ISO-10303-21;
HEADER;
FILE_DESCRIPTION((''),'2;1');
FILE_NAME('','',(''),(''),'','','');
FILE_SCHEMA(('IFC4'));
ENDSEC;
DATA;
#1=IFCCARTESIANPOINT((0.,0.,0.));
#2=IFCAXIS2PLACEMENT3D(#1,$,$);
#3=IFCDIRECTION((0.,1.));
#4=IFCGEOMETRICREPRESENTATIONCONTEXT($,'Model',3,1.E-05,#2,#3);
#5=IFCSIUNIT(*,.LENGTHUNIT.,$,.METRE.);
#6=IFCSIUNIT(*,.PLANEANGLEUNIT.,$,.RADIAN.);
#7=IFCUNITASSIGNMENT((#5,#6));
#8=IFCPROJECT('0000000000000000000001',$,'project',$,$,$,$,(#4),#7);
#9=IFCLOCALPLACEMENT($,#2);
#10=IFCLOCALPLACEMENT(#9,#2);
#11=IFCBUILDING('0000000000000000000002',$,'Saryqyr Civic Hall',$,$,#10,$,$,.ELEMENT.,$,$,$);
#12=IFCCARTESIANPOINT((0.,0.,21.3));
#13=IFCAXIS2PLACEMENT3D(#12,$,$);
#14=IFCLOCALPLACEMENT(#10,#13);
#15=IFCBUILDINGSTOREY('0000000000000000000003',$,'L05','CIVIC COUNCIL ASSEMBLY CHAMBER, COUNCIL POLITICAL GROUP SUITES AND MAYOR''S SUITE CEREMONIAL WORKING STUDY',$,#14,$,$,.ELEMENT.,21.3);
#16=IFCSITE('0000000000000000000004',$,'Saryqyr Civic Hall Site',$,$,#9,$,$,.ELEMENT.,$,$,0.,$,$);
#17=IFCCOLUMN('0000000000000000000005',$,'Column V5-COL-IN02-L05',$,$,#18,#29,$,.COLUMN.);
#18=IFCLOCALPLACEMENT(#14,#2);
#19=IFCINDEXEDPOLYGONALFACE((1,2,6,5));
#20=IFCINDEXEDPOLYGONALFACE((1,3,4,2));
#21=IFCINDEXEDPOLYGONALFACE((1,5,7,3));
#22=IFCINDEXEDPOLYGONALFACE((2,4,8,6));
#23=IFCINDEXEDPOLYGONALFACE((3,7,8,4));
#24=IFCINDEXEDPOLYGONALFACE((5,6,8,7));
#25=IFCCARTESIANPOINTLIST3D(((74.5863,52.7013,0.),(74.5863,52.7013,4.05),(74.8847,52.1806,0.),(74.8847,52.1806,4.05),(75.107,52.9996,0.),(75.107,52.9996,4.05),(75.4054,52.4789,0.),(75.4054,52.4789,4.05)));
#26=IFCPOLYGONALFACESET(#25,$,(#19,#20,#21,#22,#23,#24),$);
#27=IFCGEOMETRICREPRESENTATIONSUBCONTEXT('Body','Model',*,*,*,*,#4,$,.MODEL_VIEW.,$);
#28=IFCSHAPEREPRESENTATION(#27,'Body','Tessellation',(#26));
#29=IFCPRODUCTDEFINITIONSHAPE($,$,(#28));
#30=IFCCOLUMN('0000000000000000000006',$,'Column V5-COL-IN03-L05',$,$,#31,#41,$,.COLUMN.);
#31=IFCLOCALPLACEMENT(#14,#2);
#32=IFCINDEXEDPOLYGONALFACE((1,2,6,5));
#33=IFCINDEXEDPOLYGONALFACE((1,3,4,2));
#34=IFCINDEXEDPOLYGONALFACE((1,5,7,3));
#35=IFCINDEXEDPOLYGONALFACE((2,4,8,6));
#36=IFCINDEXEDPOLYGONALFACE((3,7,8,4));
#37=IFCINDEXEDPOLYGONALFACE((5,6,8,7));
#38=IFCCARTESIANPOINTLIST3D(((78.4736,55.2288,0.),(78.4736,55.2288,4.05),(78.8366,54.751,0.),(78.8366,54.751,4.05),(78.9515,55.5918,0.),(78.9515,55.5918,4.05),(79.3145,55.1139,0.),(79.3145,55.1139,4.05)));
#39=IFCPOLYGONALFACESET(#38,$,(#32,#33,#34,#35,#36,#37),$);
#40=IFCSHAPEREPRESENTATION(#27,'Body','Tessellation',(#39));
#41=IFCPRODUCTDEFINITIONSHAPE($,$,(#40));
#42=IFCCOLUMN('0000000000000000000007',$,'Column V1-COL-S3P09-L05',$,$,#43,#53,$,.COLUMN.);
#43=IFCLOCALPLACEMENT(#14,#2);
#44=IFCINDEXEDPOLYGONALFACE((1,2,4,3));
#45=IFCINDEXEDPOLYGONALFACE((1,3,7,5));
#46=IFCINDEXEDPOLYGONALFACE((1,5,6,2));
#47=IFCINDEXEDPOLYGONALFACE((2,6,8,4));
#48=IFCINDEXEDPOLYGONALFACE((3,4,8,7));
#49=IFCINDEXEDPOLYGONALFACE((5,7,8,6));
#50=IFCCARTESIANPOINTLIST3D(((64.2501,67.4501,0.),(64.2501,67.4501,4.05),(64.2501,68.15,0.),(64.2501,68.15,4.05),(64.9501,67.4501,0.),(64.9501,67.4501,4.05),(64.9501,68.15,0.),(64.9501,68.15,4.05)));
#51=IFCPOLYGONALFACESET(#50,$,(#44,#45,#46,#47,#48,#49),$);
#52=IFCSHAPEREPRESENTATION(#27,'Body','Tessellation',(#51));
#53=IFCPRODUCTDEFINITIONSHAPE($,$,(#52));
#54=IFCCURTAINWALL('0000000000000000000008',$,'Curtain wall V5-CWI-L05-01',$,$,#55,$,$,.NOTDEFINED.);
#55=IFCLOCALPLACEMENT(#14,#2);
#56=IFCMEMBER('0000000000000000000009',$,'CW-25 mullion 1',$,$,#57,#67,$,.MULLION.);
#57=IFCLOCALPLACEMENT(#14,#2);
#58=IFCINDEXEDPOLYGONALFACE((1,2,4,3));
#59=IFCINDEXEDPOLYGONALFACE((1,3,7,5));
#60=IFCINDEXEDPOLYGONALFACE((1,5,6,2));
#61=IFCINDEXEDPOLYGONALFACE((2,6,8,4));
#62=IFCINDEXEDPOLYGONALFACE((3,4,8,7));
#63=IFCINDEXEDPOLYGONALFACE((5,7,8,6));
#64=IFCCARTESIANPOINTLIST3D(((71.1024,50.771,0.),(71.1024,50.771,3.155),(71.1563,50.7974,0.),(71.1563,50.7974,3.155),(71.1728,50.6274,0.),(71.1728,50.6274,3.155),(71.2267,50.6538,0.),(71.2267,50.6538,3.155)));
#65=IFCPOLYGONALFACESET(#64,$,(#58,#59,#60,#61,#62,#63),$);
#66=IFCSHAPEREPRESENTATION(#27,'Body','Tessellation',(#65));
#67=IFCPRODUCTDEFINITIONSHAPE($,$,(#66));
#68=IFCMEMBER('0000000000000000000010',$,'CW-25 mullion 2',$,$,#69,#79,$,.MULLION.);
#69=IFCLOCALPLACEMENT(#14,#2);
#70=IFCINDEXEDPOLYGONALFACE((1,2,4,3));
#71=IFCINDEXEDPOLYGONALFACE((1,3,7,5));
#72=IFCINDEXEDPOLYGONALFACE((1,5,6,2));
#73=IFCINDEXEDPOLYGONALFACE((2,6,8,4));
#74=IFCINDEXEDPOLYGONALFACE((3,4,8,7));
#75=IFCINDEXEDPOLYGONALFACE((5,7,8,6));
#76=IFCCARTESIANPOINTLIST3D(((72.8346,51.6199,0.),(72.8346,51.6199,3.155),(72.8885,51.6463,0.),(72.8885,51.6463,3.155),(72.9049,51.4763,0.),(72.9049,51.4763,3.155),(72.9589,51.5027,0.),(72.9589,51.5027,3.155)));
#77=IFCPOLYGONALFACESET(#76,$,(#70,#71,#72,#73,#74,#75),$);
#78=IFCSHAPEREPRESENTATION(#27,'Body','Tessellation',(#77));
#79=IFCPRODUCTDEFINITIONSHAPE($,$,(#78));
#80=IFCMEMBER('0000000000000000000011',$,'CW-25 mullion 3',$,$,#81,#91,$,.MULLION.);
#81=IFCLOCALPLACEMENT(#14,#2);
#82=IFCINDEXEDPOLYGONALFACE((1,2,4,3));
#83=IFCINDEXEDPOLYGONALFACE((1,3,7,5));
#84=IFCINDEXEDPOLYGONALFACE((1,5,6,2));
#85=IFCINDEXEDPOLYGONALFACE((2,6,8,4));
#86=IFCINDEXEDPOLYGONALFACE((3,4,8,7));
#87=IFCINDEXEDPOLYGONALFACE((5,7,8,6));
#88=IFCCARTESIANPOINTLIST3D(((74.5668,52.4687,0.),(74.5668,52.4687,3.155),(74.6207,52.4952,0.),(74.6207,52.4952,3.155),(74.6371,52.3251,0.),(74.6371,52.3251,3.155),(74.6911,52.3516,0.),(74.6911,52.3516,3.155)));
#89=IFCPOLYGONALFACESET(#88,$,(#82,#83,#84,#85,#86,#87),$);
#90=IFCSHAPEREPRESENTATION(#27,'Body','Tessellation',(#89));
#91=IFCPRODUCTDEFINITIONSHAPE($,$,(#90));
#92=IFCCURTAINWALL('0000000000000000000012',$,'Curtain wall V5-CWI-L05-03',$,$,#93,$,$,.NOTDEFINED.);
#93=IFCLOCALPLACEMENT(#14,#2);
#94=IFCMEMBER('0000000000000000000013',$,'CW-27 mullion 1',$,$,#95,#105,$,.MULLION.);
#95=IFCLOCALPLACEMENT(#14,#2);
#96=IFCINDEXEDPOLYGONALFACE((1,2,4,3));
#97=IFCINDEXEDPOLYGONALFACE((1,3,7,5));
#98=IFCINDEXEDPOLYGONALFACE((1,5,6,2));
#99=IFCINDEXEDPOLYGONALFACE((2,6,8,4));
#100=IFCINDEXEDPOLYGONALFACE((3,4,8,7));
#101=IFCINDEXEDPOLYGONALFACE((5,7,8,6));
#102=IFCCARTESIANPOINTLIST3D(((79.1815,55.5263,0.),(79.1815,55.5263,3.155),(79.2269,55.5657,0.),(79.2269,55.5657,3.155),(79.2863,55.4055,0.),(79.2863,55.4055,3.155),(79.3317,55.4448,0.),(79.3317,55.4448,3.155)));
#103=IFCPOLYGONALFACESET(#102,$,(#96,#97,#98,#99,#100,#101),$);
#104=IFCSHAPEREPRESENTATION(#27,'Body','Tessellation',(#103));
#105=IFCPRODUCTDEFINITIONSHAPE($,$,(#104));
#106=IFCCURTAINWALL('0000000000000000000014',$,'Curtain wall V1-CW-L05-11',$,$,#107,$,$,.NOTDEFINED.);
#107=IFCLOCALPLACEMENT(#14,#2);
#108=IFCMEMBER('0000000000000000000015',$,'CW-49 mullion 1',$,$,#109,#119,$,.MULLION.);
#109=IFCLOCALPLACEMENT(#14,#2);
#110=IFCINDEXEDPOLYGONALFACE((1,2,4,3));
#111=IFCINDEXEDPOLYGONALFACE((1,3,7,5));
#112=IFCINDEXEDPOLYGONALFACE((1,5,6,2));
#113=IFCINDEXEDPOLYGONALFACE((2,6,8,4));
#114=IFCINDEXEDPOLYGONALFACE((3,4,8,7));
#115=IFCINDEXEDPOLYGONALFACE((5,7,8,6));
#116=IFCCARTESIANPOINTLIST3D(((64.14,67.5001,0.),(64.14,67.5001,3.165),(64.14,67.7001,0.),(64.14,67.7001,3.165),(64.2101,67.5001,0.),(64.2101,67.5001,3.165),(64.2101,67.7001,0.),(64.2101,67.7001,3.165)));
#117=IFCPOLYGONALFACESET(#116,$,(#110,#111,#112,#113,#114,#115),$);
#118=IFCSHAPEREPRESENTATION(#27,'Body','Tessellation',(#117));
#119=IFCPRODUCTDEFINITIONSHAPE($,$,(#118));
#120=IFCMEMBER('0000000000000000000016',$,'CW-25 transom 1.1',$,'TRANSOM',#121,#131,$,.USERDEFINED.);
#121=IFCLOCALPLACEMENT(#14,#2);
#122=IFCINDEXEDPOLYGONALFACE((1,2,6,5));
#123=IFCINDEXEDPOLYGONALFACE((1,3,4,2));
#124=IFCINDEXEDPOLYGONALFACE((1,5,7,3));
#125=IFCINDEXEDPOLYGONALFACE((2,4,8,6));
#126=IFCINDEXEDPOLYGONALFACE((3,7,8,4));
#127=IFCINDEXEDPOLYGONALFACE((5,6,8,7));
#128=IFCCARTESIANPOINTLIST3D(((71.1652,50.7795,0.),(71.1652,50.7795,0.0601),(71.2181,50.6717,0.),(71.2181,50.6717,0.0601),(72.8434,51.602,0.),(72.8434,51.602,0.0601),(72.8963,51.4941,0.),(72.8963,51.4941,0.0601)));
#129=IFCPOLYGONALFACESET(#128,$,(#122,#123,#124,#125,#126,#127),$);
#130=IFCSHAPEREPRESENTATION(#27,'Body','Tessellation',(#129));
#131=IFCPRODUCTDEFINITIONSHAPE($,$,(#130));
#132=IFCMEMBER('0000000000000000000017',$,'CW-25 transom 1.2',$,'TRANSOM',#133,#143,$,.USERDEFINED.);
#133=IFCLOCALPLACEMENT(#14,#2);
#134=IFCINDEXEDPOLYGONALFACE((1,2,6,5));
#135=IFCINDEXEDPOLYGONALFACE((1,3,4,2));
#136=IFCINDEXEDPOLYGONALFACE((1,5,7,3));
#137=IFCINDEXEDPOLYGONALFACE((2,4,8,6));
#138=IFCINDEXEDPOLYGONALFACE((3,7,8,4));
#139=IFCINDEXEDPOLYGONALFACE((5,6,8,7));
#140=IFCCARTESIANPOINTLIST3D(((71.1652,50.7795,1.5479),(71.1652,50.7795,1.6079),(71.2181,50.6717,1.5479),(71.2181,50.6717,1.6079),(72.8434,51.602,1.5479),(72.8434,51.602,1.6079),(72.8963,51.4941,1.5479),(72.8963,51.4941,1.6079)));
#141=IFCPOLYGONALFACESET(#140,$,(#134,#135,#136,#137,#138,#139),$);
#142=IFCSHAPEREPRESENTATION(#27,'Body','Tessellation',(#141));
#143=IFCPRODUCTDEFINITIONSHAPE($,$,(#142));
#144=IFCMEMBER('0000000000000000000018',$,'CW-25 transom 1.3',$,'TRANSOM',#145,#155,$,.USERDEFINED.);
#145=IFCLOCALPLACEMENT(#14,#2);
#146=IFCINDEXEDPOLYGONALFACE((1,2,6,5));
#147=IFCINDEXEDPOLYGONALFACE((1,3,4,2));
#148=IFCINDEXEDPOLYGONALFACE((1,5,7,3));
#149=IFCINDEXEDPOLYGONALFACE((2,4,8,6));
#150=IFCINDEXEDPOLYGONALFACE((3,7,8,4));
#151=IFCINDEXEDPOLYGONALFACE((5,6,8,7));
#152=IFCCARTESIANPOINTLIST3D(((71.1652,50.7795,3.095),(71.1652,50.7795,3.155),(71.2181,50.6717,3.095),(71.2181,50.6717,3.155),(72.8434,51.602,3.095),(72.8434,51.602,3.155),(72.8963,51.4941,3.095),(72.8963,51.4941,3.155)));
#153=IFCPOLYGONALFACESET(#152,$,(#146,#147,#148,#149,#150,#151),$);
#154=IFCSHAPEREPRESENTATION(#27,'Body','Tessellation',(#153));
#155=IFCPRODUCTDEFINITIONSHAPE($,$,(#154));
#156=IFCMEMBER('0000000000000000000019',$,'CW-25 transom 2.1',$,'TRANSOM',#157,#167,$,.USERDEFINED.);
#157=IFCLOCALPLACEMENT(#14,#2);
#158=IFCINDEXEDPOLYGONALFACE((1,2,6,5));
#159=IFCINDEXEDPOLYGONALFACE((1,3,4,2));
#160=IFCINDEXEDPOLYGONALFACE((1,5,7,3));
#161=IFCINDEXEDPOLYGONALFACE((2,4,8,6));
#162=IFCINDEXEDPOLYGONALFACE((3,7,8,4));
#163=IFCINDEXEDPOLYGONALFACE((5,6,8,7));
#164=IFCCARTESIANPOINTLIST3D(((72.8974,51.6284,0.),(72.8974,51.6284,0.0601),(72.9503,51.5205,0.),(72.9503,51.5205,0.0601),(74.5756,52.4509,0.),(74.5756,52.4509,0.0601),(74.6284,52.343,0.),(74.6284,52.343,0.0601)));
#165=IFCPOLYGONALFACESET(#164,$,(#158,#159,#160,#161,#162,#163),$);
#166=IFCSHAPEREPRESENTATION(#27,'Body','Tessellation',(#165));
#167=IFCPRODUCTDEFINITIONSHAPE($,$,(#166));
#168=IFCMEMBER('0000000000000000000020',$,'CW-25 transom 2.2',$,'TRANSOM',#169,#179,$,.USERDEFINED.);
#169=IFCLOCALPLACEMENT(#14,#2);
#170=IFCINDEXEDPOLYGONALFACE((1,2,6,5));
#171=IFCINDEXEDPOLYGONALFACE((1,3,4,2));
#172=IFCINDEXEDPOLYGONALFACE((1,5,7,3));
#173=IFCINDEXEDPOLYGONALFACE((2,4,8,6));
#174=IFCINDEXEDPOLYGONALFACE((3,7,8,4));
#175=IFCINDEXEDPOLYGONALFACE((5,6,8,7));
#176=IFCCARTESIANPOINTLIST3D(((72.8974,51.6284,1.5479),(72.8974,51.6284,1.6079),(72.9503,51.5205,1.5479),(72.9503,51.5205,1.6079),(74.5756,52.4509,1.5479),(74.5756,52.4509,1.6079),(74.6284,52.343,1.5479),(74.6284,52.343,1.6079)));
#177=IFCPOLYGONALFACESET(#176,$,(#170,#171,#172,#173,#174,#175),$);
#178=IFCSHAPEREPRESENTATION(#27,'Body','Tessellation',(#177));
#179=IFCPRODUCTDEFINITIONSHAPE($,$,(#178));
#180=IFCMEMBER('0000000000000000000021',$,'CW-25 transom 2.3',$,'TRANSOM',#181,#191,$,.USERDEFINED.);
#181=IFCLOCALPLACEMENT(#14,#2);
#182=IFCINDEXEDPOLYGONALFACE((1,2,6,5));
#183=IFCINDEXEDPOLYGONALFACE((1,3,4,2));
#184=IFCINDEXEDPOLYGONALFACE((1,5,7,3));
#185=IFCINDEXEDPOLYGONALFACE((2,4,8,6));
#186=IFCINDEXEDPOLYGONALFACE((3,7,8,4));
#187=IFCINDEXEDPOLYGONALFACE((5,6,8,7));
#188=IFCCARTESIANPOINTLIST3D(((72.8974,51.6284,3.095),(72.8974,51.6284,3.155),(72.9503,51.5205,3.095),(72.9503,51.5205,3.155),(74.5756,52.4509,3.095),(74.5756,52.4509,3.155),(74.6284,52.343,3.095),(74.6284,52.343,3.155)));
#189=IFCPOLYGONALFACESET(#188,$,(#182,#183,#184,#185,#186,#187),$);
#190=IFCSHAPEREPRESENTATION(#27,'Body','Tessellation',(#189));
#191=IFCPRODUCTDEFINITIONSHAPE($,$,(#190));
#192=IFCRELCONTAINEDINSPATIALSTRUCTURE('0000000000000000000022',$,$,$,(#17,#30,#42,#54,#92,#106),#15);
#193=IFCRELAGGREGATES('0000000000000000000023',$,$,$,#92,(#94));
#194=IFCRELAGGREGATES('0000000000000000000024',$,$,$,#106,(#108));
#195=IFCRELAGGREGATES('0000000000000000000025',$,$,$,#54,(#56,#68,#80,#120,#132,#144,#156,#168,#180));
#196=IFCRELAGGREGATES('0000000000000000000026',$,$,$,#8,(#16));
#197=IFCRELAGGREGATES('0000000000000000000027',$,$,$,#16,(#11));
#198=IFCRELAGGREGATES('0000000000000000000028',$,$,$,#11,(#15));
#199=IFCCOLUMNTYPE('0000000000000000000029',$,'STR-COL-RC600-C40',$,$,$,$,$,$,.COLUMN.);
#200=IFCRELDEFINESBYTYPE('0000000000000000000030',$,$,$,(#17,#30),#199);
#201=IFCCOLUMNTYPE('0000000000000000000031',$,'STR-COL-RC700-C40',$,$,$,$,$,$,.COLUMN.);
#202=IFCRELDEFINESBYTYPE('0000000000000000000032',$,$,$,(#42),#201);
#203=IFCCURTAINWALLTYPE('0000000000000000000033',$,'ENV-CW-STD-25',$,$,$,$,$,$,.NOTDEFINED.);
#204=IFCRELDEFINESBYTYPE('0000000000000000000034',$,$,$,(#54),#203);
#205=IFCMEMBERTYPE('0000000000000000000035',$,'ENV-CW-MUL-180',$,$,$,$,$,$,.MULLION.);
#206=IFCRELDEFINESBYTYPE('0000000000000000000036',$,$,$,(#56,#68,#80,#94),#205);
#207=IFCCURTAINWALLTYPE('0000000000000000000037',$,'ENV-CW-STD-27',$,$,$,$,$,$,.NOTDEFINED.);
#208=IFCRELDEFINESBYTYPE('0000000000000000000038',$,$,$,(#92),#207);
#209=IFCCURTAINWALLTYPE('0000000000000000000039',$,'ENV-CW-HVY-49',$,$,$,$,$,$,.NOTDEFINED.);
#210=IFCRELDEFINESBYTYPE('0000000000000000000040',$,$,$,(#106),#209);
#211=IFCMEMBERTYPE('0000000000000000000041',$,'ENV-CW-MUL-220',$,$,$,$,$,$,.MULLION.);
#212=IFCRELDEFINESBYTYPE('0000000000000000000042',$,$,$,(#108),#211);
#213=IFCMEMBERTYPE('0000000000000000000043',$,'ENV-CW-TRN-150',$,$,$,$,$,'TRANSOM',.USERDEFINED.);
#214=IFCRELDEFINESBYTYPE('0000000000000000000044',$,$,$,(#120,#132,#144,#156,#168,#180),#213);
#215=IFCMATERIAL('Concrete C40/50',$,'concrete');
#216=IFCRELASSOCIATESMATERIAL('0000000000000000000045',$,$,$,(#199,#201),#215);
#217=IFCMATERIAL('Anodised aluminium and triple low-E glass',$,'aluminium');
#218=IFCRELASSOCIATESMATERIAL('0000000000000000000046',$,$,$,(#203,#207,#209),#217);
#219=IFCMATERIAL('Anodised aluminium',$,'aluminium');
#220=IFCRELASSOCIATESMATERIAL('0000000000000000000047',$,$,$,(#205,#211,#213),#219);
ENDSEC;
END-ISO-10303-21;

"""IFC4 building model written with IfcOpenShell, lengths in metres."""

from ifc_helpers import new_model, si_unit, direction, frame, origin, origin_2d, place, context, subcontext, project, spatial, rectangle, extrude, material, material_profile, profile_set, type_object, element, aggregate, save


model = new_model("IFC4")

# Units and contexts
model_context = context("Model", 3, precision=1e-05, world=origin(), true_north=direction((0.0, 1.0)))
body_context = subcontext(model_context, "Body", "Model", "MODEL_VIEW")
ifc_project = project(units=[si_unit("LENGTHUNIT", "METRE"), si_unit("PLANEANGLEUNIT", "RADIAN")], contexts=[model_context])

# Site, building, storey
site_placement = place(None, origin())
site = spatial("IfcSite", under=ifc_project, at=site_placement, Name="Saryqyr Civic Hall Site", CompositionType="ELEMENT", RefElevation=0.0)
building_placement = place(site_placement, origin())
building = spatial("IfcBuilding", under=site, at=building_placement, Name="Saryqyr Civic Hall", CompositionType="ELEMENT")
storey_placement = place(building_placement, frame((0.0, 0.0, 21.3)))
storey = spatial("IfcBuildingStorey", under=building, at=storey_placement, Name="L05", Description="CIVIC COUNCIL ASSEMBLY CHAMBER, COUNCIL POLITICAL GROUP SUITES AND MAYOR'S SUITE CEREMONIAL WORKING STUDY", CompositionType="ELEMENT", Elevation=21.3)

# Columns
ifc_material_1 = material(Name="Concrete C40/50", Category="concrete")
ifc_material_profile_1 = material_profile(ifc_material_1, rectangle(XDim=0.6001, YDim=0.6001, at=origin_2d()), Name="RC 600x600")
ifc_profile_set_1 = profile_set([ifc_material_profile_1], Name="Concrete C40/50")
column_type_1 = type_object("IfcColumnType", Name="STR-COL-RC600-C40", PredefinedType="COLUMN", material=ifc_profile_set_1)
for number, where, z_axis, x_axis, name in (
    (1, (74.9958, 52.5901, 0.0), (0.0, 0.0, 1.0), (0.497125, -0.867679, 0.0), "Column V5-COL-IN02-L05"),
    (2, (78.894, 55.1714, 0.0), (0.0, 0.0, 1.0), (0.604877, -0.796319, 0.0), "Column V5-COL-IN03-L05"),
):
    element("IfcColumn", number, at=place(storey_placement, frame(where, z_axis=z_axis, x_axis=x_axis)), inside=storey, type_object=column_type_1, Name=name, PredefinedType="COLUMN", context=body_context, shape_type="SweptSolid", body=[
        extrude(rectangle(XDim=0.6001, YDim=0.6001, at=origin_2d()), origin(), (0.0, 0.0, 1.0), 4.05),
    ])
ifc_material_profile_2 = material_profile(ifc_material_1, rectangle(XDim=0.7, YDim=0.7, at=origin_2d()), Name="RC 700x700")
ifc_profile_set_2 = profile_set([ifc_material_profile_2], Name="Concrete C40/50")
column_type_2 = type_object("IfcColumnType", Name="STR-COL-RC700-C40", PredefinedType="COLUMN", material=ifc_profile_set_2)
column_placement = place(storey_placement, frame((64.6001, 67.8, 0.0), z_axis=(0.0, 0.0, 1.0), x_axis=(1.0, 0.0, 0.0)))
element("IfcColumn", 3, at=column_placement, inside=storey, type_object=column_type_2, Name="Column V1-COL-S3P09-L05", PredefinedType="COLUMN", context=body_context, shape_type="SweptSolid", body=[
    extrude(rectangle(XDim=0.7, YDim=0.7, at=origin_2d()), origin(), (0.0, 0.0, 1.0), 4.05),
])

# Curtain wall, members
ifc_material_2 = material(Name="Anodised aluminium and triple low-E glass", Category="aluminium")
curtain_wall_type_1 = type_object("IfcCurtainWallType", Name="ENV-CW-STD-25", PredefinedType="NOTDEFINED", material=ifc_material_2)
curtain_wall_1_placement = place(storey_placement, origin())
curtain_wall_1 = element("IfcCurtainWall", 4, at=curtain_wall_1_placement, inside=storey, type_object=curtain_wall_type_1, Name="Curtain wall V5-CWI-L05-01", PredefinedType="NOTDEFINED")
ifc_material_3 = material(Name="Anodised aluminium", Category="aluminium")
ifc_material_profile_3 = material_profile(ifc_material_3, rectangle(XDim=0.0601, YDim=0.1599, at=origin_2d()), Name="ALU MULLION 60x160")
ifc_profile_set_3 = profile_set([ifc_material_profile_3], Name="Anodised aluminium")
member_type_1 = type_object("IfcMemberType", Name="ENV-CW-MUL-180", PredefinedType="MULLION", material=ifc_profile_set_3)
member_1_placement = place(storey_placement, frame((71.1646, 50.7124, 0.0), z_axis=(0.0, 0.0, 1.0), x_axis=(0.897962, 0.440073, 0.0)))
member_1 = element("IfcMember", 5, at=member_1_placement, type_object=member_type_1, Name="CW-25 mullion 1", PredefinedType="MULLION", context=body_context, shape_type="SweptSolid", body=[
    extrude(rectangle(XDim=0.0601, YDim=0.1599, at=origin_2d()), origin(), (0.0, 0.0, 1.0), 3.155),
])
member_2_placement = place(storey_placement, frame((72.8967, 51.5613, 0.0), z_axis=(0.0, 0.0, 1.0), x_axis=(0.897962, 0.440073, 0.0)))
member_2 = element("IfcMember", 6, at=member_2_placement, type_object=member_type_1, Name="CW-25 mullion 2", PredefinedType="MULLION", context=body_context, shape_type="SweptSolid", body=[
    extrude(rectangle(XDim=0.0601, YDim=0.1599, at=origin_2d()), origin(), (0.0, 0.0, 1.0), 3.155),
])
member_3_placement = place(storey_placement, frame((74.6289, 52.4102, 0.0), z_axis=(0.0, 0.0, 1.0), x_axis=(0.897962, 0.440073, 0.0)))
member_3 = element("IfcMember", 7, at=member_3_placement, type_object=member_type_1, Name="CW-25 mullion 3", PredefinedType="MULLION", context=body_context, shape_type="SweptSolid", body=[
    extrude(rectangle(XDim=0.0601, YDim=0.1599, at=origin_2d()), origin(), (0.0, 0.0, 1.0), 3.155),
])

# Curtain walls, members
curtain_wall_type_2 = type_object("IfcCurtainWallType", Name="ENV-CW-STD-27", PredefinedType="NOTDEFINED", material=ifc_material_2)
curtain_wall_2_placement = place(storey_placement, origin())
curtain_wall_2 = element("IfcCurtainWall", 8, at=curtain_wall_2_placement, inside=storey, type_object=curtain_wall_type_2, Name="Curtain wall V5-CWI-L05-03", PredefinedType="NOTDEFINED")
member_4_placement = place(storey_placement, frame((79.2566, 55.4856, 0.0), z_axis=(0.0, 0.0, 1.0), x_axis=(0.755652, 0.654974, 0.0)))
member_4 = element("IfcMember", 9, at=member_4_placement, type_object=member_type_1, Name="CW-27 mullion 1", PredefinedType="MULLION", context=body_context, shape_type="SweptSolid", body=[
    extrude(rectangle(XDim=0.0601, YDim=0.1599, at=origin_2d()), origin(), (0.0, 0.0, 1.0), 3.155),
])
curtain_wall_type_3 = type_object("IfcCurtainWallType", Name="ENV-CW-HVY-49", PredefinedType="NOTDEFINED", material=ifc_material_2)
curtain_wall_3_placement = place(storey_placement, origin())
curtain_wall_3 = element("IfcCurtainWall", 10, at=curtain_wall_3_placement, inside=storey, type_object=curtain_wall_type_3, Name="Curtain wall V1-CW-L05-11", PredefinedType="NOTDEFINED")
ifc_material_profile_4 = material_profile(ifc_material_3, rectangle(XDim=0.0701, YDim=0.2, at=origin_2d()), Name="ALU MULLION 70x200")
ifc_profile_set_4 = profile_set([ifc_material_profile_4], Name="Anodised aluminium")
member_type_2 = type_object("IfcMemberType", Name="ENV-CW-MUL-220", PredefinedType="MULLION", material=ifc_profile_set_4)
member_5_placement = place(storey_placement, frame((64.175, 67.6001, 0.0), z_axis=(0.0, 0.0, 1.0), x_axis=(-1.0, 0.0, 0.0)))
member_5 = element("IfcMember", 11, at=member_5_placement, type_object=member_type_2, Name="CW-49 mullion 1", PredefinedType="MULLION", context=body_context, shape_type="SweptSolid", body=[
    extrude(rectangle(XDim=0.0701, YDim=0.2, at=origin_2d()), origin(), (0.0, 0.0, 1.0), 3.165),
])

# Members
ifc_material_profile_5 = material_profile(ifc_material_3, rectangle(XDim=0.1201, YDim=0.0601, at=origin_2d()), Name="ALU TRANSOM 120x60")
ifc_profile_set_5 = profile_set([ifc_material_profile_5], Name="Anodised aluminium")
member_type_3 = type_object("IfcMemberType", Name="ENV-CW-TRN-150", ElementType="TRANSOM", PredefinedType="USERDEFINED", material=ifc_profile_set_5)
member_6_placement = place(storey_placement, frame((71.1917, 50.7256, 0.03), z_axis=(0.897952, 0.440093, 0.0), x_axis=(-0.440093, 0.897952, 0.0)))
member_6 = element("IfcMember", 12, at=member_6_placement, type_object=member_type_3, Name="CW-25 transom 1.1", ObjectType="TRANSOM", PredefinedType="USERDEFINED", context=body_context, shape_type="SweptSolid", body=[
    extrude(rectangle(XDim=0.1201, YDim=0.0601, at=origin_2d()), origin(), (0.0, 0.0, 1.0), 1.8689),
])
member_7_placement = place(storey_placement, frame((71.1917, 50.7256, 1.5779), z_axis=(0.897952, 0.440093, 0.0), x_axis=(-0.440093, 0.897952, 0.0)))
member_7 = element("IfcMember", 13, at=member_7_placement, type_object=member_type_3, Name="CW-25 transom 1.2", ObjectType="TRANSOM", PredefinedType="USERDEFINED", context=body_context, shape_type="SweptSolid", body=[
    extrude(rectangle(XDim=0.1201, YDim=0.0601, at=origin_2d()), origin(), (0.0, 0.0, 1.0), 1.8689),
])
member_8_placement = place(storey_placement, frame((71.1917, 50.7256, 3.125), z_axis=(0.897952, 0.440093, 0.0), x_axis=(-0.440093, 0.897952, 0.0)))
member_8 = element("IfcMember", 14, at=member_8_placement, type_object=member_type_3, Name="CW-25 transom 1.3", ObjectType="TRANSOM", PredefinedType="USERDEFINED", context=body_context, shape_type="SweptSolid", body=[
    extrude(rectangle(XDim=0.1201, YDim=0.0601, at=origin_2d()), origin(), (0.0, 0.0, 1.0), 1.8689),
])
member_9_placement = place(storey_placement, frame((72.9238, 51.5745, 0.03), z_axis=(0.897952, 0.440093, 0.0), x_axis=(-0.440093, 0.897952, 0.0)))
member_9 = element("IfcMember", 15, at=member_9_placement, type_object=member_type_3, Name="CW-25 transom 2.1", ObjectType="TRANSOM", PredefinedType="USERDEFINED", context=body_context, shape_type="SweptSolid", body=[
    extrude(rectangle(XDim=0.1201, YDim=0.0601, at=origin_2d()), origin(), (0.0, 0.0, 1.0), 1.8689),
])
member_10_placement = place(storey_placement, frame((72.9238, 51.5745, 1.5779), z_axis=(0.897952, 0.440093, 0.0), x_axis=(-0.440093, 0.897952, 0.0)))
member_10 = element("IfcMember", 16, at=member_10_placement, type_object=member_type_3, Name="CW-25 transom 2.2", ObjectType="TRANSOM", PredefinedType="USERDEFINED", context=body_context, shape_type="SweptSolid", body=[
    extrude(rectangle(XDim=0.1201, YDim=0.0601, at=origin_2d()), origin(), (0.0, 0.0, 1.0), 1.8689),
])
member_11_placement = place(storey_placement, frame((72.9238, 51.5745, 3.125), z_axis=(0.897952, 0.440093, 0.0), x_axis=(-0.440093, 0.897952, 0.0)))
member_11 = element("IfcMember", 17, at=member_11_placement, type_object=member_type_3, Name="CW-25 transom 2.3", ObjectType="TRANSOM", PredefinedType="USERDEFINED", context=body_context, shape_type="SweptSolid", body=[
    extrude(rectangle(XDim=0.1201, YDim=0.0601, at=origin_2d()), origin(), (0.0, 0.0, 1.0), 1.8689),
])
aggregate(curtain_wall_2, [member_4])
aggregate(curtain_wall_3, [member_5])

aggregate(curtain_wall_1, [member_1, member_2, member_3, member_6, member_7, member_8, member_9, member_10, member_11])

save(model, "model.ifc")
